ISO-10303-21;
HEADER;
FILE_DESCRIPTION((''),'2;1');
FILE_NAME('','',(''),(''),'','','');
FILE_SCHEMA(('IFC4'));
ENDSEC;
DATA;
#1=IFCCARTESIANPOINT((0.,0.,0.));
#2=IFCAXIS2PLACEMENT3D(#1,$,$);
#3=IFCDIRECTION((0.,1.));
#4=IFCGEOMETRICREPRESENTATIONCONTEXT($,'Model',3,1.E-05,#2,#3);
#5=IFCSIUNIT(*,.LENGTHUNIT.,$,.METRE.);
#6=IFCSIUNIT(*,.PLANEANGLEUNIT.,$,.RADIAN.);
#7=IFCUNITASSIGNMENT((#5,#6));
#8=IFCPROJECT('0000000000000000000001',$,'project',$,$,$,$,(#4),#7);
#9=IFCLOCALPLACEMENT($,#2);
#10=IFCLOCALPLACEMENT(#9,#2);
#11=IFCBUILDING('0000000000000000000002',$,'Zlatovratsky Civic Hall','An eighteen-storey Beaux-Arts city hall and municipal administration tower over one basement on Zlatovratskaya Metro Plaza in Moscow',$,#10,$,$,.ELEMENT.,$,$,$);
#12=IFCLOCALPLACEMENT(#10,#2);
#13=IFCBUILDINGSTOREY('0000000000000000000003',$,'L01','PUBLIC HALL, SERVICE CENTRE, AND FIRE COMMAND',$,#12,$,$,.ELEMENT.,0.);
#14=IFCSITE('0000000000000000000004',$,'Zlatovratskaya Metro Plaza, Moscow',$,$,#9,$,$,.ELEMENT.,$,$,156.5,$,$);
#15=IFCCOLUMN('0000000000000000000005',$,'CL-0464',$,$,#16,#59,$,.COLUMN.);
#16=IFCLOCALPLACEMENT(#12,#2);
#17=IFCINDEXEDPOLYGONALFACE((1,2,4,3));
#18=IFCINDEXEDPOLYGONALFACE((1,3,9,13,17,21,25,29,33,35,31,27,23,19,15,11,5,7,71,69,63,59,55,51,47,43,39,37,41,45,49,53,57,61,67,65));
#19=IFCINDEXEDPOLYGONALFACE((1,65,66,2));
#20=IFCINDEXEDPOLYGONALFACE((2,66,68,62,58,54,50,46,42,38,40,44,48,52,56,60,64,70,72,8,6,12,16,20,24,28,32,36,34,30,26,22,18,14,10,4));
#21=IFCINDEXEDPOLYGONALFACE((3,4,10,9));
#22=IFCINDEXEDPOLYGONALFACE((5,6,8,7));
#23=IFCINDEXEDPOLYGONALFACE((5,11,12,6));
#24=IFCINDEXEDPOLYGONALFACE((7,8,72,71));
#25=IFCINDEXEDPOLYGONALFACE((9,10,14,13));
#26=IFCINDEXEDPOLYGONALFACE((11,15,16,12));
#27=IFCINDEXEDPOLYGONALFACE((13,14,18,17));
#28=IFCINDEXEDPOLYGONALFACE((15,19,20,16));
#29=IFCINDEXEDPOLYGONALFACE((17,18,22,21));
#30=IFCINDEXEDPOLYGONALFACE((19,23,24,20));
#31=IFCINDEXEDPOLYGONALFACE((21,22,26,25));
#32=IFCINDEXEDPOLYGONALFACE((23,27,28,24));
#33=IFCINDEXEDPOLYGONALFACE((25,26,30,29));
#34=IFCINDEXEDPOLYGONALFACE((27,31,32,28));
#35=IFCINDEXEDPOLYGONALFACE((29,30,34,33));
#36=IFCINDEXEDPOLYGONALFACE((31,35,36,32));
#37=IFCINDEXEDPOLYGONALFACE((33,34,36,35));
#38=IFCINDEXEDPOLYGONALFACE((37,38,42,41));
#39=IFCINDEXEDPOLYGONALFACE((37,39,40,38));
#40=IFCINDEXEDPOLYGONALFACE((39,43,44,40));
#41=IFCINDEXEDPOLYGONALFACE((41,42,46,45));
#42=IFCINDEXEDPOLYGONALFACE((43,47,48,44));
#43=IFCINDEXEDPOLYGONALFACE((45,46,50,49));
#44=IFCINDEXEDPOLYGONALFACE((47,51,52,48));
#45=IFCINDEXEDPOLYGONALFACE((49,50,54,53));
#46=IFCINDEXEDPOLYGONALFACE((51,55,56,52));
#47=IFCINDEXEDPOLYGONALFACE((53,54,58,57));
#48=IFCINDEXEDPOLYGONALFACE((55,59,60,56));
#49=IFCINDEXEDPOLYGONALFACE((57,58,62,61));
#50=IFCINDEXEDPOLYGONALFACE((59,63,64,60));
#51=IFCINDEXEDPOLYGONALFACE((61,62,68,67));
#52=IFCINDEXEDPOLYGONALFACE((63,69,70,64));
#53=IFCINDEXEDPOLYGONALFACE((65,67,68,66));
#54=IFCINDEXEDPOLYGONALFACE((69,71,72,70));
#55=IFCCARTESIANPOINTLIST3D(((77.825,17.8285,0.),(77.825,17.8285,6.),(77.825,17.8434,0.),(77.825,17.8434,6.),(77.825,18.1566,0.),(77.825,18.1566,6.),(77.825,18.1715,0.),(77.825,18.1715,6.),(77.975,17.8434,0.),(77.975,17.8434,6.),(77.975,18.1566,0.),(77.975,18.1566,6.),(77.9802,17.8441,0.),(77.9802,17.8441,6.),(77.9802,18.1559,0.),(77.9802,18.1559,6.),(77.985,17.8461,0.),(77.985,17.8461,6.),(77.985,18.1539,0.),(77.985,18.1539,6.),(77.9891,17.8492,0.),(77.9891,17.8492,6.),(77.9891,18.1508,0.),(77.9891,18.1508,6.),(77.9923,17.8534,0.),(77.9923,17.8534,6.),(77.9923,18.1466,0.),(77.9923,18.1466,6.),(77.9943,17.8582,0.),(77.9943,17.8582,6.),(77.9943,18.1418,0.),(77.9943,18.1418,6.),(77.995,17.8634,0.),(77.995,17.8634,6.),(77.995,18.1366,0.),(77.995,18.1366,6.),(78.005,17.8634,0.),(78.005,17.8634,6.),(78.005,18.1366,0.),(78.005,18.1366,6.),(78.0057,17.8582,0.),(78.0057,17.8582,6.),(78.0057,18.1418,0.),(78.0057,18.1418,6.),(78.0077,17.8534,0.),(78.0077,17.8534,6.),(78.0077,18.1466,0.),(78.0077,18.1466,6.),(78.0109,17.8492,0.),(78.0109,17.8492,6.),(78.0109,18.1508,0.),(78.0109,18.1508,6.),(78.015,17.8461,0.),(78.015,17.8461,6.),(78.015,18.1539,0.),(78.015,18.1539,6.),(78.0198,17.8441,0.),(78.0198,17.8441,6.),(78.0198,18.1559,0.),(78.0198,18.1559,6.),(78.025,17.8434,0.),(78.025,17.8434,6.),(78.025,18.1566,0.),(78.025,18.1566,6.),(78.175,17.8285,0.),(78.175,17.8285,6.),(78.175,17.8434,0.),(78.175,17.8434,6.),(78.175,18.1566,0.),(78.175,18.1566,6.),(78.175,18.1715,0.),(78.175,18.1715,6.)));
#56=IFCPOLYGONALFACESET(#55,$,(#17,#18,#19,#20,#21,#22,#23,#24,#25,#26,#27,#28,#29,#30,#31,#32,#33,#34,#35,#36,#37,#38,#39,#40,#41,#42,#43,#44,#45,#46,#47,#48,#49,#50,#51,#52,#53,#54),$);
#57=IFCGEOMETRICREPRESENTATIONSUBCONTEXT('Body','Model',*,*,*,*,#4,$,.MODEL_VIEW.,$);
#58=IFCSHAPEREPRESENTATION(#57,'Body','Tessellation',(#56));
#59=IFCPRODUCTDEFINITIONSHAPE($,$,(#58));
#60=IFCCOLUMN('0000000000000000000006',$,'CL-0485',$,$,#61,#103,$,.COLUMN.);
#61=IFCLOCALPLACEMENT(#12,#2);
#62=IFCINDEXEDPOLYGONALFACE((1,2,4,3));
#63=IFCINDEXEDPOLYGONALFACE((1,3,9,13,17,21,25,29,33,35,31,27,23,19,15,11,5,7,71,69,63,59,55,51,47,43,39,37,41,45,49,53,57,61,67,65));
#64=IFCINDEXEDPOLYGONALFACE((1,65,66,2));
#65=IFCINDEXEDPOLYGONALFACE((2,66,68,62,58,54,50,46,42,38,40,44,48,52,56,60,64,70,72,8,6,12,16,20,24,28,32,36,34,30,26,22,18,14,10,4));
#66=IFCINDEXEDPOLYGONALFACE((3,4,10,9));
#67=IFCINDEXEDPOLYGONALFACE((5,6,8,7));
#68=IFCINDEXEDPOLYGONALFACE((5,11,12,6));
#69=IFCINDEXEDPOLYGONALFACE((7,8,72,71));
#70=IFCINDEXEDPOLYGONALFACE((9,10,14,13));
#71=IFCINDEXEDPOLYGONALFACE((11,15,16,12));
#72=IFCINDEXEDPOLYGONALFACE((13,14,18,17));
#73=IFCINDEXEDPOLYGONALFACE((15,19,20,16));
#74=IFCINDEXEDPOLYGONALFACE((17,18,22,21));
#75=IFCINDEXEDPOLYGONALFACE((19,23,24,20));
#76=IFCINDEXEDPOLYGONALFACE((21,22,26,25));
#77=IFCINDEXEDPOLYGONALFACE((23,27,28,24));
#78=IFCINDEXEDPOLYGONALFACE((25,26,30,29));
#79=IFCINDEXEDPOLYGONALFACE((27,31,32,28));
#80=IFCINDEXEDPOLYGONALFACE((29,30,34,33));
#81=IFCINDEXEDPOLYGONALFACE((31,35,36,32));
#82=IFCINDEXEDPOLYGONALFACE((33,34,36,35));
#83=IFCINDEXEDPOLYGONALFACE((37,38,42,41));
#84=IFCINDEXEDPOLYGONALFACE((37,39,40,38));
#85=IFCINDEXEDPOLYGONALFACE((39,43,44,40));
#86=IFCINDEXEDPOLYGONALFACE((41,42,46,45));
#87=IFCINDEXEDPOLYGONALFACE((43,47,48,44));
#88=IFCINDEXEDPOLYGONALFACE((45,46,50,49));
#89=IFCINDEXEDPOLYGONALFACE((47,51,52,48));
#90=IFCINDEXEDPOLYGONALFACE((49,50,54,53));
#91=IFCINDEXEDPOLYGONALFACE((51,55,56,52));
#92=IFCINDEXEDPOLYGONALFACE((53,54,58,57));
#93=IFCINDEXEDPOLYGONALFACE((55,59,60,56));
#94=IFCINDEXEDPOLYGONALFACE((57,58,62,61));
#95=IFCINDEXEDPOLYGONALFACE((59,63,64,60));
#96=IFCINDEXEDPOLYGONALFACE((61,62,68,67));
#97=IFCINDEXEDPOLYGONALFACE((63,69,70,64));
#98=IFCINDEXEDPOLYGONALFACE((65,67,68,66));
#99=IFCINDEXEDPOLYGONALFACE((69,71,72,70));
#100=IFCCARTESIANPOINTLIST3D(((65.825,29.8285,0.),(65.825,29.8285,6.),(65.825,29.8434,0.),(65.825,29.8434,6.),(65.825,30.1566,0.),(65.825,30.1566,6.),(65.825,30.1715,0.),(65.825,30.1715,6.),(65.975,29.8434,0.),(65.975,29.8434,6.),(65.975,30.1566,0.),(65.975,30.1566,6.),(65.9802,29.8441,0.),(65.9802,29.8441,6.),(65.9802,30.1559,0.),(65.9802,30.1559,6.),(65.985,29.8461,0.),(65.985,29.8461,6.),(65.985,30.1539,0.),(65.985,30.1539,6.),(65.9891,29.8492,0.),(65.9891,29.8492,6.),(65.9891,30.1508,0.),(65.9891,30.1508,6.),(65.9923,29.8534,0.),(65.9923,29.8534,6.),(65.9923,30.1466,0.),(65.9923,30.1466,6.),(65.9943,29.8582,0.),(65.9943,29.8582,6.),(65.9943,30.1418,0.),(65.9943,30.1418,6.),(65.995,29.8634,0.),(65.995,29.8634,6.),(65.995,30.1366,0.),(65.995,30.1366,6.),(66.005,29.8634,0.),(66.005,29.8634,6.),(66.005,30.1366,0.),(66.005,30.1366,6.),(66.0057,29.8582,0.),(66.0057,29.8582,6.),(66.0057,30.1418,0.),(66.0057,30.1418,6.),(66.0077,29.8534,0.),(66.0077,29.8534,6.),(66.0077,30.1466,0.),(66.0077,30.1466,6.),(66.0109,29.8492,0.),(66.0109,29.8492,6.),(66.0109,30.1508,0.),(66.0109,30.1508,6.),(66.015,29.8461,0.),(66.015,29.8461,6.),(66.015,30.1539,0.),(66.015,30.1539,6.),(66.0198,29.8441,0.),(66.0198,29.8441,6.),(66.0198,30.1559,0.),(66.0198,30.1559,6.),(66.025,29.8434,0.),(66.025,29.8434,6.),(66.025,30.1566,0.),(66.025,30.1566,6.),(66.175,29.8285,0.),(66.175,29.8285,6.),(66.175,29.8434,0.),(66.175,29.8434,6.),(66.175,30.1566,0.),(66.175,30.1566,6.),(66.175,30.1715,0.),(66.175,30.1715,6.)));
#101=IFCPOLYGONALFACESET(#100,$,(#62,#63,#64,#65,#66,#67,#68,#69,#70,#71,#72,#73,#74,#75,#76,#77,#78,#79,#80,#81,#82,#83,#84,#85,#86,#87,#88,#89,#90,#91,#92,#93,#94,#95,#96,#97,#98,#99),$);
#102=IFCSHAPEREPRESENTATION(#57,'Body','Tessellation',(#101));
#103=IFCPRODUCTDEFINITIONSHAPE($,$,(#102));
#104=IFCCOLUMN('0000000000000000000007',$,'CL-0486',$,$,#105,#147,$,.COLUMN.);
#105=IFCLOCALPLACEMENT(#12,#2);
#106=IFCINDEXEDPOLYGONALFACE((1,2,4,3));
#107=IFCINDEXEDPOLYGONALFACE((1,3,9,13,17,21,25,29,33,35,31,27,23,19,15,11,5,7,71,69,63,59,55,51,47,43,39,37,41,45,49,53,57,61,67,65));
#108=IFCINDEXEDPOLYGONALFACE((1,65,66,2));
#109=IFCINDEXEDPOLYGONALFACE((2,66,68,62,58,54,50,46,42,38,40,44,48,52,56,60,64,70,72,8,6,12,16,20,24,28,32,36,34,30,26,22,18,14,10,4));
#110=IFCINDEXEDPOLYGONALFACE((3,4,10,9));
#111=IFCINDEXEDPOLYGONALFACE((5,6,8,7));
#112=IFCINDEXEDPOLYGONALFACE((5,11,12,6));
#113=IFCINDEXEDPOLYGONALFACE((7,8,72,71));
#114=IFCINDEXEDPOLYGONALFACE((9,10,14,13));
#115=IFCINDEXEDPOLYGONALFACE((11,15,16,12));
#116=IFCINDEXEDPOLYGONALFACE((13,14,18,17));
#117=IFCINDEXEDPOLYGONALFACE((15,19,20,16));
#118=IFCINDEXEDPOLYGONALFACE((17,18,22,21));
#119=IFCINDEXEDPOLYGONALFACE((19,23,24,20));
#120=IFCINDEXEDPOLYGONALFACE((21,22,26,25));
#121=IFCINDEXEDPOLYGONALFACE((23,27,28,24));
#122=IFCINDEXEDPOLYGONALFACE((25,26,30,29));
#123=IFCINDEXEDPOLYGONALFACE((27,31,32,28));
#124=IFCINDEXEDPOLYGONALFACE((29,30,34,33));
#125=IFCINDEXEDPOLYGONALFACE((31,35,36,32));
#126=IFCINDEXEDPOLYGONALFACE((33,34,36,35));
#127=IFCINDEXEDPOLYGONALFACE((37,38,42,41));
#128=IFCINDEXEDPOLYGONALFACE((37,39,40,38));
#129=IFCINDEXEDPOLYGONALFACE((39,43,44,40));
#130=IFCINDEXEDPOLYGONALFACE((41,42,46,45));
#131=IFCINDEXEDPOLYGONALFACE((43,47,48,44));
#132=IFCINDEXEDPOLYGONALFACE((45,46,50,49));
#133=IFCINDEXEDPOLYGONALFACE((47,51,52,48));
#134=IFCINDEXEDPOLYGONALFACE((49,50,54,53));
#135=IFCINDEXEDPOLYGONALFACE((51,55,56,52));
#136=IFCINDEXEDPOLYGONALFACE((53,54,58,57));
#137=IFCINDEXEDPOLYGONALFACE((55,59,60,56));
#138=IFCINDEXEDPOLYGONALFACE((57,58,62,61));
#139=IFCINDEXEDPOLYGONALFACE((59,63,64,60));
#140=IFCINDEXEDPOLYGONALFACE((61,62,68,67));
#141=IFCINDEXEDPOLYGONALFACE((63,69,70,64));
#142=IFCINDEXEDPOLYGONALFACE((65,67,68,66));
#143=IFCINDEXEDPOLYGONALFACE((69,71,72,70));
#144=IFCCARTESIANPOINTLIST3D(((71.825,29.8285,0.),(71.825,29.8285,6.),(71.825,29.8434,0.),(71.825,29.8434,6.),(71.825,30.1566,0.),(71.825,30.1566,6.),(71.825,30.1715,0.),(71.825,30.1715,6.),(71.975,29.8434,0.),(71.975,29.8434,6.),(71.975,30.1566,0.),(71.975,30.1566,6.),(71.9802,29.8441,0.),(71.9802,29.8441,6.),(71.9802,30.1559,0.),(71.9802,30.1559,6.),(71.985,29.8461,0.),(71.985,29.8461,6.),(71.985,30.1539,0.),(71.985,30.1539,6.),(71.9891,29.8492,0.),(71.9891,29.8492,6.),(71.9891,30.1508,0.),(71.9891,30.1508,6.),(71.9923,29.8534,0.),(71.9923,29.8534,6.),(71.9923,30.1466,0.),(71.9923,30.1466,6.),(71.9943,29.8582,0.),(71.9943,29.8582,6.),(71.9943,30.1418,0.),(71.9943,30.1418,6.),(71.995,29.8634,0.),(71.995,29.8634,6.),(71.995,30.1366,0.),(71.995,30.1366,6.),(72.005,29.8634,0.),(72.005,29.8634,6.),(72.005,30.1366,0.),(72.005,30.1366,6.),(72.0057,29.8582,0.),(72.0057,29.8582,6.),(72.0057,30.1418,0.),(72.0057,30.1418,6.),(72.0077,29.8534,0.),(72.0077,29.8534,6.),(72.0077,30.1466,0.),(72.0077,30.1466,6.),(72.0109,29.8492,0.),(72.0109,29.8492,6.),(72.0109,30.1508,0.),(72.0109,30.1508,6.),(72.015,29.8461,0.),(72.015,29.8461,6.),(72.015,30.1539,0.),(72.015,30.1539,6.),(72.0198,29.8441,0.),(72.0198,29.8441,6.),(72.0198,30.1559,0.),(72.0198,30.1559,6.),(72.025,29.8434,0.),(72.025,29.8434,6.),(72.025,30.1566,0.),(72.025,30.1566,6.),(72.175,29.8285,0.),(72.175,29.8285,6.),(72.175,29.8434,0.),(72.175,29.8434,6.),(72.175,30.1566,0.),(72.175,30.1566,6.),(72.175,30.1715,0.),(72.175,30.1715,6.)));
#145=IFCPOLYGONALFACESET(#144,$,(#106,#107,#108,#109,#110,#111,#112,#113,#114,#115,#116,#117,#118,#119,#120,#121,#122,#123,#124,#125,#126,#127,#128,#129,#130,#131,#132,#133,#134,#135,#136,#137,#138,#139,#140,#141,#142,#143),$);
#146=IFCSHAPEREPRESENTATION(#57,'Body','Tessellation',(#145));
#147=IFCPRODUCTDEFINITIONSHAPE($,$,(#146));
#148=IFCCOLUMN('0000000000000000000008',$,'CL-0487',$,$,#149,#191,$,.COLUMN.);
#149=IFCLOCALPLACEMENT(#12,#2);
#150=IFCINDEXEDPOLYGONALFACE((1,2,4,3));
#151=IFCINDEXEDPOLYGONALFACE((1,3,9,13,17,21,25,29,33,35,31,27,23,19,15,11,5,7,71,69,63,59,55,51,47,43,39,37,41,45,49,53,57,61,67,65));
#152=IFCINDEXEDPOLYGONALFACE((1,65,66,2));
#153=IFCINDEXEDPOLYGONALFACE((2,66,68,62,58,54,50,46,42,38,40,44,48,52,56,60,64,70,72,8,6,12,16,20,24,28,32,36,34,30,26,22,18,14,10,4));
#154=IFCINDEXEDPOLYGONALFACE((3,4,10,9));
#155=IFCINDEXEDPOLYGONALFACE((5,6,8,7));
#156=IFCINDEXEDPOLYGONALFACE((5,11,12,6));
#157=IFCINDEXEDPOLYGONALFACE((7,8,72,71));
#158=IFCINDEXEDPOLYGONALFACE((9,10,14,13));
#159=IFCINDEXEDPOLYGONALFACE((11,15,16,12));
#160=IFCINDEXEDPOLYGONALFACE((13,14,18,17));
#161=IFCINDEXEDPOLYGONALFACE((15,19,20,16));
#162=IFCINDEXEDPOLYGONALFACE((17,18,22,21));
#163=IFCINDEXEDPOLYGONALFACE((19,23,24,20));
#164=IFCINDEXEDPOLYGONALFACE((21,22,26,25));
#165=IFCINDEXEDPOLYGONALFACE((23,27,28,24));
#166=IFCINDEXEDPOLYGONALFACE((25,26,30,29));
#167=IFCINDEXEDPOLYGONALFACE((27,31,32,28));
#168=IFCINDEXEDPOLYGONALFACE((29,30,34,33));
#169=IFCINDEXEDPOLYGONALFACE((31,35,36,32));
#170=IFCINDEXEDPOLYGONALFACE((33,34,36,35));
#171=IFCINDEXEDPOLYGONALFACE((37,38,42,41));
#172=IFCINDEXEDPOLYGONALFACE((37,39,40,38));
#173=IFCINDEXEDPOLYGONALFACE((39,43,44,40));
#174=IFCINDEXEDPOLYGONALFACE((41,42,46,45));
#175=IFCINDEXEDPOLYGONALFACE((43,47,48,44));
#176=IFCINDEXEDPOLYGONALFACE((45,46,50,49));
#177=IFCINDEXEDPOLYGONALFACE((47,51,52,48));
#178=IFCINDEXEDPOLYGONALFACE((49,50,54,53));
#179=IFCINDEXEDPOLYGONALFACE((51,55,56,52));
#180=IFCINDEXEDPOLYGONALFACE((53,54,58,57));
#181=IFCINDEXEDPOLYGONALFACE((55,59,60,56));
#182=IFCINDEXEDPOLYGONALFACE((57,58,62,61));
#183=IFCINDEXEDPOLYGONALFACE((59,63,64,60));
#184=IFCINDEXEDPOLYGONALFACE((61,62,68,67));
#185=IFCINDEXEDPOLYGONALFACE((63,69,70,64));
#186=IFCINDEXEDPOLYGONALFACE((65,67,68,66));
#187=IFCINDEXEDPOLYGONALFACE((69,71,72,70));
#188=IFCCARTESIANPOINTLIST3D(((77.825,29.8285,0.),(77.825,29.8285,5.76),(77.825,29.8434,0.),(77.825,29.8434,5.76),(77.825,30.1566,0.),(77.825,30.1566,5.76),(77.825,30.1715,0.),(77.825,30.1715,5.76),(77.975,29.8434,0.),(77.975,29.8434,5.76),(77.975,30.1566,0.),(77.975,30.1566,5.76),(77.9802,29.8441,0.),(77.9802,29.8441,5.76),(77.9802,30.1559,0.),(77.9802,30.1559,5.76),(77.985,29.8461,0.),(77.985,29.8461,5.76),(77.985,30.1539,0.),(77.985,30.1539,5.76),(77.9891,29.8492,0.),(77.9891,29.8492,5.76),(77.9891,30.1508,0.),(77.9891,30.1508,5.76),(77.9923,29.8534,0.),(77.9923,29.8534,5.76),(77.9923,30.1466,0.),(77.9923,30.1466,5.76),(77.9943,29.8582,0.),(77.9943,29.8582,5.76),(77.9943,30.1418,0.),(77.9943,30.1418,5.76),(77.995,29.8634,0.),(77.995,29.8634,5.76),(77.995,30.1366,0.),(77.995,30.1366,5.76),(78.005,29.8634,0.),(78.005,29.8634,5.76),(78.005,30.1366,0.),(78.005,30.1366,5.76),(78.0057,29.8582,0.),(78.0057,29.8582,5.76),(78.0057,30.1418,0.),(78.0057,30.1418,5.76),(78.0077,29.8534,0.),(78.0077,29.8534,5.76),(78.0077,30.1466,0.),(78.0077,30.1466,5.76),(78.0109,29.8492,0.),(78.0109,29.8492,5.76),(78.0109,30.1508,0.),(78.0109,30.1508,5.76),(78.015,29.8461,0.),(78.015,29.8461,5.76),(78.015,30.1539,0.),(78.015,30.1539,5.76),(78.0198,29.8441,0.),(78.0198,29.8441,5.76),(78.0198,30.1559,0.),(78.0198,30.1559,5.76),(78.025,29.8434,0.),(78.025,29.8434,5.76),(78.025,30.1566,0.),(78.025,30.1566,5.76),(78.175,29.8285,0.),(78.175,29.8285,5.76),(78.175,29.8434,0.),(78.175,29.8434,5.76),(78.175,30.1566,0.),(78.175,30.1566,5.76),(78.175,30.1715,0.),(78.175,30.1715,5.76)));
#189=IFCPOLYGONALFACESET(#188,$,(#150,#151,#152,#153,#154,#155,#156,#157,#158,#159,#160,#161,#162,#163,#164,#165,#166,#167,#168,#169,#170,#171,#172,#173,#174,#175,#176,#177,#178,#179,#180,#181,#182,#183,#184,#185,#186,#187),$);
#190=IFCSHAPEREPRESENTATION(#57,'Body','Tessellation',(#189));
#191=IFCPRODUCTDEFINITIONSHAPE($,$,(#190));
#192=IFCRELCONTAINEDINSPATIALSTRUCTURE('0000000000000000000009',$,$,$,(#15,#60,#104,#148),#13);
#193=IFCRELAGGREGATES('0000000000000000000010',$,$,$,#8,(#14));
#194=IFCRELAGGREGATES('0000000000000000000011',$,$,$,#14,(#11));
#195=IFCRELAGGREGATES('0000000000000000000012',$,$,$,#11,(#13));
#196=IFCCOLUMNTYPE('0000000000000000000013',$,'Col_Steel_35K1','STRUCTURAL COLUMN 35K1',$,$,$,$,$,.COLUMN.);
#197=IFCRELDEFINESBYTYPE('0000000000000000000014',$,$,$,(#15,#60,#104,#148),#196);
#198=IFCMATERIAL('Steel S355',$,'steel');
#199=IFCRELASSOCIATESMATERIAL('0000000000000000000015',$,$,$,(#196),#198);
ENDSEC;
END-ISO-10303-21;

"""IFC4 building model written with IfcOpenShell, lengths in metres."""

from ifc_helpers import new_model, si_unit, direction, frame, origin, origin_2d, place, context, subcontext, project, spatial, i_section, extrude, material, material_profile, profile_set, type_object, element, save


model = new_model("IFC4")

# Units and contexts
model_context = context("Model", 3, precision=1e-05, world=origin(), true_north=direction((0.0, 1.0)))
body_context = subcontext(model_context, "Body", "Model", "MODEL_VIEW")
ifc_project = project(units=[si_unit("LENGTHUNIT", "METRE"), si_unit("PLANEANGLEUNIT", "RADIAN")], contexts=[model_context])

# Site, building, storey
site_placement = place(None, origin())
site = spatial("IfcSite", under=ifc_project, at=site_placement, Name="Zlatovratskaya Metro Plaza, Moscow", CompositionType="ELEMENT", RefElevation=156.5)
building_placement = place(site_placement, origin())
building = spatial("IfcBuilding", under=site, at=building_placement, Name="Zlatovratsky Civic Hall", Description="An eighteen-storey Beaux-Arts city hall and municipal administration tower over one basement on Zlatovratskaya Metro Plaza in Moscow", CompositionType="ELEMENT")
storey_placement = place(building_placement, origin())
storey = spatial("IfcBuildingStorey", under=building, at=storey_placement, Name="L01", Description="PUBLIC HALL, SERVICE CENTRE, AND FIRE COMMAND", CompositionType="ELEMENT", Elevation=0.0)

# Columns
ifc_material_1 = material(Name="Steel S355", Category="steel")
ifc_material_profile_1 = material_profile(ifc_material_1, i_section(OverallWidth=0.3501, OverallDepth=0.343, WebThickness=0.01, FlangeThickness=0.0149, FilletRadius=0.02, at=origin_2d()), Name="35K1")
ifc_profile_set_1 = profile_set([ifc_material_profile_1], Name="Steel S355")
column_type_1 = type_object("IfcColumnType", Name="Col_Steel_35K1", Description="STRUCTURAL COLUMN 35K1", PredefinedType="COLUMN", material=ifc_profile_set_1)
for number, where, z_axis, x_axis, name in (
    (1, (78.0, 18.0, 0.0), (0.0, 0.0, 1.0), (1.0, 0.0, 0.0), "CL-0464"),
    (2, (66.0, 30.0, 0.0), (0.0, 0.0, 1.0), (1.0, 0.0, 0.0), "CL-0485"),
    (3, (72.0, 30.0, 0.0), (0.0, 0.0, 1.0), (1.0, 0.0, 0.0), "CL-0486"),
):
    element("IfcColumn", number, at=place(storey_placement, frame(where, z_axis=z_axis, x_axis=x_axis)), inside=storey, type_object=column_type_1, Name=name, PredefinedType="COLUMN", context=body_context, shape_type="SweptSolid", body=[
        extrude(i_section(OverallWidth=0.3501, OverallDepth=0.343, WebThickness=0.01, FlangeThickness=0.0149, FilletRadius=0.02, at=origin_2d()), origin(), (0.0, 0.0, 1.0), 6.0),
    ])
column_1_placement = place(storey_placement, frame((78.0, 30.0, 0.0), z_axis=(0.0, 0.0, 1.0), x_axis=(1.0, 0.0, 0.0)))
element("IfcColumn", 4, at=column_1_placement, inside=storey, type_object=column_type_1, Name="CL-0487", PredefinedType="COLUMN", context=body_context, shape_type="SweptSolid", body=[
    extrude(i_section(OverallWidth=0.3501, OverallDepth=0.343, WebThickness=0.01, FlangeThickness=0.0149, FilletRadius=0.02, at=origin_2d()), origin(), (0.0, 0.0, 1.0), 5.76),
])

save(model, "model.ifc")
